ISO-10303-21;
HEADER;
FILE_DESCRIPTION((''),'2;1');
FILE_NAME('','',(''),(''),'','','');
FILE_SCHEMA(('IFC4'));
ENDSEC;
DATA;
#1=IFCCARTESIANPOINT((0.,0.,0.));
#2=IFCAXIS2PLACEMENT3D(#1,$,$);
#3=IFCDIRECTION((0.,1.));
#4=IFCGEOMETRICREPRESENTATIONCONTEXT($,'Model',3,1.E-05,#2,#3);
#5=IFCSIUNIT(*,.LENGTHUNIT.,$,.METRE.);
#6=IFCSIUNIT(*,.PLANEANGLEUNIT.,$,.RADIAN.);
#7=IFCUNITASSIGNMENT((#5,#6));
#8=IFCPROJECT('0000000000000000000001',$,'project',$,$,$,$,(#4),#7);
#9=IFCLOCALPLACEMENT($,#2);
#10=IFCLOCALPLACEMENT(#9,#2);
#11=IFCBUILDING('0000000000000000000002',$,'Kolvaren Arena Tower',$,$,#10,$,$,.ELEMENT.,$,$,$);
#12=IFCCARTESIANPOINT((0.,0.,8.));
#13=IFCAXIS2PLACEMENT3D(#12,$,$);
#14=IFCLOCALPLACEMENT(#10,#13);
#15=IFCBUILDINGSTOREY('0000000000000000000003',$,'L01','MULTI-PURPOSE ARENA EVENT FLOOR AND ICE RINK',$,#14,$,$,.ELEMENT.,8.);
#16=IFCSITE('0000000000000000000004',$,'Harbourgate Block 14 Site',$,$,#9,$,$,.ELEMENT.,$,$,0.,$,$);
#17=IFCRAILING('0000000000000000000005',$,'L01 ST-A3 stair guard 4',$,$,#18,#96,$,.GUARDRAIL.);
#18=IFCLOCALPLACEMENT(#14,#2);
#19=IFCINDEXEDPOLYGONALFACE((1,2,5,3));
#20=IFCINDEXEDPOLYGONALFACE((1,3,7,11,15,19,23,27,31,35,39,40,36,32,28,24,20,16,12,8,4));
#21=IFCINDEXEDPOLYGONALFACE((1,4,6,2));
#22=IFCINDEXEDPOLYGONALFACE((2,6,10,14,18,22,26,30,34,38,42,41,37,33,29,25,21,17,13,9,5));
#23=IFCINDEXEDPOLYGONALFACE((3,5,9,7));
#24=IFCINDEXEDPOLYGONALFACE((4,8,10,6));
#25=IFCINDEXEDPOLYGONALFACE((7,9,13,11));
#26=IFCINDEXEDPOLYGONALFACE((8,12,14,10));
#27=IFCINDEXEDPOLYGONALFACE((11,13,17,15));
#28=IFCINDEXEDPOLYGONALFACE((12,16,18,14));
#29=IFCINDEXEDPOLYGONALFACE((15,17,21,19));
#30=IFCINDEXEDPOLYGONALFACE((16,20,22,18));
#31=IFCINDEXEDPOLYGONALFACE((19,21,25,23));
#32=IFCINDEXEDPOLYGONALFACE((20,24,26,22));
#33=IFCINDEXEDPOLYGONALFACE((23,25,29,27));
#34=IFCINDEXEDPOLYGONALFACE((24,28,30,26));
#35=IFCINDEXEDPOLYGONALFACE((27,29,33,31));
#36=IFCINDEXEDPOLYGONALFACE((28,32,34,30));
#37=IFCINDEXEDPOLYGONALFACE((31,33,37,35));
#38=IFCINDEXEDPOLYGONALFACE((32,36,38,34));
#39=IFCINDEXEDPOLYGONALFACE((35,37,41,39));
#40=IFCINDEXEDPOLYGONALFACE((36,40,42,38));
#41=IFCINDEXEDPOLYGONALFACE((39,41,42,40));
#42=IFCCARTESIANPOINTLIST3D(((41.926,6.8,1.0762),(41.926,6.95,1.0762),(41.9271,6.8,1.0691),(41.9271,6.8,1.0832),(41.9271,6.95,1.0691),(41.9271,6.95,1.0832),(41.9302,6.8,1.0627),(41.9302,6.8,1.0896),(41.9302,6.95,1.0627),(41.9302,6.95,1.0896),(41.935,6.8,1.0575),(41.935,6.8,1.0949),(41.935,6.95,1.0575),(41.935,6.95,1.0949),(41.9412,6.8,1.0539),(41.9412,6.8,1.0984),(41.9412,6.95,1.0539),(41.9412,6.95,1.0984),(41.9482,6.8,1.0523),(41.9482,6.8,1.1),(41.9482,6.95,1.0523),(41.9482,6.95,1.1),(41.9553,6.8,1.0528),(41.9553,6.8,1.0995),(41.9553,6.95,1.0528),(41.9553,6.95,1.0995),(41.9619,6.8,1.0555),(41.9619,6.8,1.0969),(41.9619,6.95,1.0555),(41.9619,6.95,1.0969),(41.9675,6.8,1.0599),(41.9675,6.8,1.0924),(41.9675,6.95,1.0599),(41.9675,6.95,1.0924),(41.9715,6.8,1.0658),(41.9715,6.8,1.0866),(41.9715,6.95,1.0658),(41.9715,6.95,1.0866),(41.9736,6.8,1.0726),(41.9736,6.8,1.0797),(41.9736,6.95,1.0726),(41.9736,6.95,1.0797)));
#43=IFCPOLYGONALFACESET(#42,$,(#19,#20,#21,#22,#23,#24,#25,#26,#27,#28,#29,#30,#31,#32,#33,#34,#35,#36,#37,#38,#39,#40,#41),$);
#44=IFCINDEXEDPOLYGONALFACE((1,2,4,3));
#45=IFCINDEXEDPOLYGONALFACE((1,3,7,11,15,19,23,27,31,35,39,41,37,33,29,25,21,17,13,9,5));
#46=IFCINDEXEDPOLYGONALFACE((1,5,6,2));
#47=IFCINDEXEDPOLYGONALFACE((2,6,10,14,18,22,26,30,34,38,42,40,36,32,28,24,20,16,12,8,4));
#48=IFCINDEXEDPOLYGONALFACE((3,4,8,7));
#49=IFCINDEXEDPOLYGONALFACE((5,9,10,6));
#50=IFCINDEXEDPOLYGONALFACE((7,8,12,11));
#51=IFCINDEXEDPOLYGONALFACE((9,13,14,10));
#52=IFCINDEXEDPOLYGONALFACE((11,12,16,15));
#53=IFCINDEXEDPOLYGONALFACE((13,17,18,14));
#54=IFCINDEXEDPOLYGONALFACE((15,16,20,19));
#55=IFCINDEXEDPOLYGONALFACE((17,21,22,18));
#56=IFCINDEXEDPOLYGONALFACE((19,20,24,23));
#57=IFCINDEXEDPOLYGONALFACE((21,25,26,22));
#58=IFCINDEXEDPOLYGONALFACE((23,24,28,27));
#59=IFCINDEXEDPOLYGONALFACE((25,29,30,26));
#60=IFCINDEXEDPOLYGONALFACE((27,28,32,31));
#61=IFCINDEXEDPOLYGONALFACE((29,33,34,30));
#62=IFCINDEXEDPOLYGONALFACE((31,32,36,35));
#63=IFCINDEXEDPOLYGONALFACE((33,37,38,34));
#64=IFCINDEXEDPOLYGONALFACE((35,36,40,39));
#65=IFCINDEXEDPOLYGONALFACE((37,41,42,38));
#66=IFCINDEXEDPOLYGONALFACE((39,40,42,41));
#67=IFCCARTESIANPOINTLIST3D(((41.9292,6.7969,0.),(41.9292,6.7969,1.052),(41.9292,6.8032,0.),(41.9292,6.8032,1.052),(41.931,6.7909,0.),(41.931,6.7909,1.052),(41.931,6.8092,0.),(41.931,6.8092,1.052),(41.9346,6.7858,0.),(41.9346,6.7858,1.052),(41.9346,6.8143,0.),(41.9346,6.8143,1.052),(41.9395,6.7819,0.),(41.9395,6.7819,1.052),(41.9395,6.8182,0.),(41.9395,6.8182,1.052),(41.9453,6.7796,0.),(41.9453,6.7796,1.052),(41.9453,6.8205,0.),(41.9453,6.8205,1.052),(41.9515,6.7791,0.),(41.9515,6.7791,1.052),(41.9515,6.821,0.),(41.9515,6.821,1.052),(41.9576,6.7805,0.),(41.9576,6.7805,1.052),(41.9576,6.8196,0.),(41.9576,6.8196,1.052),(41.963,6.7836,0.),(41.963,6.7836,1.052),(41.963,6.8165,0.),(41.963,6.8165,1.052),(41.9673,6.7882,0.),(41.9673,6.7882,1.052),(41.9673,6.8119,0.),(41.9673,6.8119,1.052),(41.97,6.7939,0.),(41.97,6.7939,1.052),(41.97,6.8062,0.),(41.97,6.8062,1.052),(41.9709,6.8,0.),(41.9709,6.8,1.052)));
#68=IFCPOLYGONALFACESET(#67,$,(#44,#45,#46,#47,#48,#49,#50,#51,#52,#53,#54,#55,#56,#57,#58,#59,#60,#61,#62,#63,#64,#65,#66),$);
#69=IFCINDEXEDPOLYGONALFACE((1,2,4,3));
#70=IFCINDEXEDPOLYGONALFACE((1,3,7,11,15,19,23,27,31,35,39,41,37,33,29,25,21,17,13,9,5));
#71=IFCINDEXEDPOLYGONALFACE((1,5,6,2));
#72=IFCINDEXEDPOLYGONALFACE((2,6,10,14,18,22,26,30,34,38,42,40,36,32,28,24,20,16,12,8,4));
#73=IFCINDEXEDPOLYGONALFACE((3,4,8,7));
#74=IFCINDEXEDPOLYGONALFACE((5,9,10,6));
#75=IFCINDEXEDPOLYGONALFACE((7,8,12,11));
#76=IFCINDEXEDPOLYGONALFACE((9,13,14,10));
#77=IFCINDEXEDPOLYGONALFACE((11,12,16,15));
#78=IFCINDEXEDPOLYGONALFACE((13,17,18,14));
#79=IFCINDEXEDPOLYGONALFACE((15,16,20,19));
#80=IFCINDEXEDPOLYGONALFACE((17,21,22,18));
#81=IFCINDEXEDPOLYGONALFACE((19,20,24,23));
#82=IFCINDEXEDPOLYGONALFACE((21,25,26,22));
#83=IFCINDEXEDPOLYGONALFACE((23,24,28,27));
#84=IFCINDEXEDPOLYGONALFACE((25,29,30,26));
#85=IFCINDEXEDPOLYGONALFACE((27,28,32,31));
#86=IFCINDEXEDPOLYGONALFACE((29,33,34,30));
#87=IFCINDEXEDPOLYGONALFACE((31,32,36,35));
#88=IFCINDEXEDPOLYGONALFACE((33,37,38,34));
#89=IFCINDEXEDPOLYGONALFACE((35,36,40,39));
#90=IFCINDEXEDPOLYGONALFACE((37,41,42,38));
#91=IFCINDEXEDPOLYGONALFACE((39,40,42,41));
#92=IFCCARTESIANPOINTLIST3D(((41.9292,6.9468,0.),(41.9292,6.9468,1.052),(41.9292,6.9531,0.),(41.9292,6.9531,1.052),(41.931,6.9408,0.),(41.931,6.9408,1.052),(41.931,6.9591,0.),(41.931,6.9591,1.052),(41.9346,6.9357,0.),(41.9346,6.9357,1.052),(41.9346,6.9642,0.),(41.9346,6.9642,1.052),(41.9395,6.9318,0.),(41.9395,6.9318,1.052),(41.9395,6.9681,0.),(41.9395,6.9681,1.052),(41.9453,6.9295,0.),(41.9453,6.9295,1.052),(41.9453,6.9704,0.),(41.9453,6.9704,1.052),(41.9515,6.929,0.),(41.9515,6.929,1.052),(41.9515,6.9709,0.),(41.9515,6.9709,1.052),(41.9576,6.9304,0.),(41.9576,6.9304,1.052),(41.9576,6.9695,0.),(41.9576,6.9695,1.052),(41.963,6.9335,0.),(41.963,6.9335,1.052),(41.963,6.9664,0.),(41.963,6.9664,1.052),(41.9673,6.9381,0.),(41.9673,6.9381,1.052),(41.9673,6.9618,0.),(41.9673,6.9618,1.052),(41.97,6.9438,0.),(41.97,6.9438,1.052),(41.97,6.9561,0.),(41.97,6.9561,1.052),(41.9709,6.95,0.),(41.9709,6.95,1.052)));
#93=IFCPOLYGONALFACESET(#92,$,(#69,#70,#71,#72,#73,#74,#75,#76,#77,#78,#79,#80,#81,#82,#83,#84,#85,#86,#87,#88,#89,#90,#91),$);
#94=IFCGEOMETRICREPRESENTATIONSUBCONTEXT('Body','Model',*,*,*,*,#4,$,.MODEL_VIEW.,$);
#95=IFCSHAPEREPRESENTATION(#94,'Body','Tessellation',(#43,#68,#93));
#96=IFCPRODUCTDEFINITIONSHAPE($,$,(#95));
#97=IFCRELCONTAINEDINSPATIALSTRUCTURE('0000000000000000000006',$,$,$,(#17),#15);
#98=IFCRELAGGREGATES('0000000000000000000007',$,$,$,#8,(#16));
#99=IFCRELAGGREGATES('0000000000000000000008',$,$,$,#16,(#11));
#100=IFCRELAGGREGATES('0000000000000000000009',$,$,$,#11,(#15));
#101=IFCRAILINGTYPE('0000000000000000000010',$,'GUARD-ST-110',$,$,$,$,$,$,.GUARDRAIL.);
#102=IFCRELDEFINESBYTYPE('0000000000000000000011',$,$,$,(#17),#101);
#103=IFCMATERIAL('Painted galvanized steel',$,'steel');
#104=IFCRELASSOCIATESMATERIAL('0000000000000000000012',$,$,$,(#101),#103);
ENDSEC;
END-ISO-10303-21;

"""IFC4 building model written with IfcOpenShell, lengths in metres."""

from ifc_helpers import new_model, si_unit, direction, frame, origin, origin_2d, place, context, subcontext, project, spatial, circle, extrude, material, type_object, element, save


model = new_model("IFC4")

# Units and contexts
model_context = context("Model", 3, precision=1e-05, world=origin(), true_north=direction((0.0, 1.0)))
body_context = subcontext(model_context, "Body", "Model", "MODEL_VIEW")
ifc_project = project(units=[si_unit("LENGTHUNIT", "METRE"), si_unit("PLANEANGLEUNIT", "RADIAN")], contexts=[model_context])

# Site, building, storey
site_placement = place(None, origin())
site = spatial("IfcSite", under=ifc_project, at=site_placement, Name="Harbourgate Block 14 Site", CompositionType="ELEMENT", RefElevation=0.0)
building_placement = place(site_placement, origin())
building = spatial("IfcBuilding", under=site, at=building_placement, Name="Kolvaren Arena Tower", CompositionType="ELEMENT")
storey_placement = place(building_placement, frame((0.0, 0.0, 8.0)))
storey = spatial("IfcBuildingStorey", under=building, at=storey_placement, Name="L01", Description="MULTI-PURPOSE ARENA EVENT FLOOR AND ICE RINK", CompositionType="ELEMENT", Elevation=8.0)

# Railing
ifc_material_1 = material(Name="Painted galvanized steel", Category="steel")
railing_type_1 = type_object("IfcRailingType", Name="GUARD-ST-110", PredefinedType="GUARDRAIL", material=ifc_material_1)
railing_1_placement = place(storey_placement, frame((41.95, 6.8, 0.0)))
element("IfcRailing", 1, at=railing_1_placement, inside=storey, type_object=railing_type_1, Name="L01 ST-A3 stair guard 4", PredefinedType="GUARDRAIL", context=body_context, shape_type="SweptSolid", body=[
    extrude(circle(Radius=0.0239, at=origin_2d()), frame((0.0, 0.0, 1.0762), z_axis=(0.0, 1.0, 0.0), x_axis=(-1.0, 0.0, 0.0)), (0.0, 0.0, 1.0), 0.1499),
    extrude(circle(Radius=0.021, at=origin_2d()), origin(), (0.0, 0.0, 1.0), 1.052),
    extrude(circle(Radius=0.021, at=origin_2d()), frame((0.0, 0.1499, 0.0)), (0.0, 0.0, 1.0), 1.052),
])

save(model, "model.ifc")
